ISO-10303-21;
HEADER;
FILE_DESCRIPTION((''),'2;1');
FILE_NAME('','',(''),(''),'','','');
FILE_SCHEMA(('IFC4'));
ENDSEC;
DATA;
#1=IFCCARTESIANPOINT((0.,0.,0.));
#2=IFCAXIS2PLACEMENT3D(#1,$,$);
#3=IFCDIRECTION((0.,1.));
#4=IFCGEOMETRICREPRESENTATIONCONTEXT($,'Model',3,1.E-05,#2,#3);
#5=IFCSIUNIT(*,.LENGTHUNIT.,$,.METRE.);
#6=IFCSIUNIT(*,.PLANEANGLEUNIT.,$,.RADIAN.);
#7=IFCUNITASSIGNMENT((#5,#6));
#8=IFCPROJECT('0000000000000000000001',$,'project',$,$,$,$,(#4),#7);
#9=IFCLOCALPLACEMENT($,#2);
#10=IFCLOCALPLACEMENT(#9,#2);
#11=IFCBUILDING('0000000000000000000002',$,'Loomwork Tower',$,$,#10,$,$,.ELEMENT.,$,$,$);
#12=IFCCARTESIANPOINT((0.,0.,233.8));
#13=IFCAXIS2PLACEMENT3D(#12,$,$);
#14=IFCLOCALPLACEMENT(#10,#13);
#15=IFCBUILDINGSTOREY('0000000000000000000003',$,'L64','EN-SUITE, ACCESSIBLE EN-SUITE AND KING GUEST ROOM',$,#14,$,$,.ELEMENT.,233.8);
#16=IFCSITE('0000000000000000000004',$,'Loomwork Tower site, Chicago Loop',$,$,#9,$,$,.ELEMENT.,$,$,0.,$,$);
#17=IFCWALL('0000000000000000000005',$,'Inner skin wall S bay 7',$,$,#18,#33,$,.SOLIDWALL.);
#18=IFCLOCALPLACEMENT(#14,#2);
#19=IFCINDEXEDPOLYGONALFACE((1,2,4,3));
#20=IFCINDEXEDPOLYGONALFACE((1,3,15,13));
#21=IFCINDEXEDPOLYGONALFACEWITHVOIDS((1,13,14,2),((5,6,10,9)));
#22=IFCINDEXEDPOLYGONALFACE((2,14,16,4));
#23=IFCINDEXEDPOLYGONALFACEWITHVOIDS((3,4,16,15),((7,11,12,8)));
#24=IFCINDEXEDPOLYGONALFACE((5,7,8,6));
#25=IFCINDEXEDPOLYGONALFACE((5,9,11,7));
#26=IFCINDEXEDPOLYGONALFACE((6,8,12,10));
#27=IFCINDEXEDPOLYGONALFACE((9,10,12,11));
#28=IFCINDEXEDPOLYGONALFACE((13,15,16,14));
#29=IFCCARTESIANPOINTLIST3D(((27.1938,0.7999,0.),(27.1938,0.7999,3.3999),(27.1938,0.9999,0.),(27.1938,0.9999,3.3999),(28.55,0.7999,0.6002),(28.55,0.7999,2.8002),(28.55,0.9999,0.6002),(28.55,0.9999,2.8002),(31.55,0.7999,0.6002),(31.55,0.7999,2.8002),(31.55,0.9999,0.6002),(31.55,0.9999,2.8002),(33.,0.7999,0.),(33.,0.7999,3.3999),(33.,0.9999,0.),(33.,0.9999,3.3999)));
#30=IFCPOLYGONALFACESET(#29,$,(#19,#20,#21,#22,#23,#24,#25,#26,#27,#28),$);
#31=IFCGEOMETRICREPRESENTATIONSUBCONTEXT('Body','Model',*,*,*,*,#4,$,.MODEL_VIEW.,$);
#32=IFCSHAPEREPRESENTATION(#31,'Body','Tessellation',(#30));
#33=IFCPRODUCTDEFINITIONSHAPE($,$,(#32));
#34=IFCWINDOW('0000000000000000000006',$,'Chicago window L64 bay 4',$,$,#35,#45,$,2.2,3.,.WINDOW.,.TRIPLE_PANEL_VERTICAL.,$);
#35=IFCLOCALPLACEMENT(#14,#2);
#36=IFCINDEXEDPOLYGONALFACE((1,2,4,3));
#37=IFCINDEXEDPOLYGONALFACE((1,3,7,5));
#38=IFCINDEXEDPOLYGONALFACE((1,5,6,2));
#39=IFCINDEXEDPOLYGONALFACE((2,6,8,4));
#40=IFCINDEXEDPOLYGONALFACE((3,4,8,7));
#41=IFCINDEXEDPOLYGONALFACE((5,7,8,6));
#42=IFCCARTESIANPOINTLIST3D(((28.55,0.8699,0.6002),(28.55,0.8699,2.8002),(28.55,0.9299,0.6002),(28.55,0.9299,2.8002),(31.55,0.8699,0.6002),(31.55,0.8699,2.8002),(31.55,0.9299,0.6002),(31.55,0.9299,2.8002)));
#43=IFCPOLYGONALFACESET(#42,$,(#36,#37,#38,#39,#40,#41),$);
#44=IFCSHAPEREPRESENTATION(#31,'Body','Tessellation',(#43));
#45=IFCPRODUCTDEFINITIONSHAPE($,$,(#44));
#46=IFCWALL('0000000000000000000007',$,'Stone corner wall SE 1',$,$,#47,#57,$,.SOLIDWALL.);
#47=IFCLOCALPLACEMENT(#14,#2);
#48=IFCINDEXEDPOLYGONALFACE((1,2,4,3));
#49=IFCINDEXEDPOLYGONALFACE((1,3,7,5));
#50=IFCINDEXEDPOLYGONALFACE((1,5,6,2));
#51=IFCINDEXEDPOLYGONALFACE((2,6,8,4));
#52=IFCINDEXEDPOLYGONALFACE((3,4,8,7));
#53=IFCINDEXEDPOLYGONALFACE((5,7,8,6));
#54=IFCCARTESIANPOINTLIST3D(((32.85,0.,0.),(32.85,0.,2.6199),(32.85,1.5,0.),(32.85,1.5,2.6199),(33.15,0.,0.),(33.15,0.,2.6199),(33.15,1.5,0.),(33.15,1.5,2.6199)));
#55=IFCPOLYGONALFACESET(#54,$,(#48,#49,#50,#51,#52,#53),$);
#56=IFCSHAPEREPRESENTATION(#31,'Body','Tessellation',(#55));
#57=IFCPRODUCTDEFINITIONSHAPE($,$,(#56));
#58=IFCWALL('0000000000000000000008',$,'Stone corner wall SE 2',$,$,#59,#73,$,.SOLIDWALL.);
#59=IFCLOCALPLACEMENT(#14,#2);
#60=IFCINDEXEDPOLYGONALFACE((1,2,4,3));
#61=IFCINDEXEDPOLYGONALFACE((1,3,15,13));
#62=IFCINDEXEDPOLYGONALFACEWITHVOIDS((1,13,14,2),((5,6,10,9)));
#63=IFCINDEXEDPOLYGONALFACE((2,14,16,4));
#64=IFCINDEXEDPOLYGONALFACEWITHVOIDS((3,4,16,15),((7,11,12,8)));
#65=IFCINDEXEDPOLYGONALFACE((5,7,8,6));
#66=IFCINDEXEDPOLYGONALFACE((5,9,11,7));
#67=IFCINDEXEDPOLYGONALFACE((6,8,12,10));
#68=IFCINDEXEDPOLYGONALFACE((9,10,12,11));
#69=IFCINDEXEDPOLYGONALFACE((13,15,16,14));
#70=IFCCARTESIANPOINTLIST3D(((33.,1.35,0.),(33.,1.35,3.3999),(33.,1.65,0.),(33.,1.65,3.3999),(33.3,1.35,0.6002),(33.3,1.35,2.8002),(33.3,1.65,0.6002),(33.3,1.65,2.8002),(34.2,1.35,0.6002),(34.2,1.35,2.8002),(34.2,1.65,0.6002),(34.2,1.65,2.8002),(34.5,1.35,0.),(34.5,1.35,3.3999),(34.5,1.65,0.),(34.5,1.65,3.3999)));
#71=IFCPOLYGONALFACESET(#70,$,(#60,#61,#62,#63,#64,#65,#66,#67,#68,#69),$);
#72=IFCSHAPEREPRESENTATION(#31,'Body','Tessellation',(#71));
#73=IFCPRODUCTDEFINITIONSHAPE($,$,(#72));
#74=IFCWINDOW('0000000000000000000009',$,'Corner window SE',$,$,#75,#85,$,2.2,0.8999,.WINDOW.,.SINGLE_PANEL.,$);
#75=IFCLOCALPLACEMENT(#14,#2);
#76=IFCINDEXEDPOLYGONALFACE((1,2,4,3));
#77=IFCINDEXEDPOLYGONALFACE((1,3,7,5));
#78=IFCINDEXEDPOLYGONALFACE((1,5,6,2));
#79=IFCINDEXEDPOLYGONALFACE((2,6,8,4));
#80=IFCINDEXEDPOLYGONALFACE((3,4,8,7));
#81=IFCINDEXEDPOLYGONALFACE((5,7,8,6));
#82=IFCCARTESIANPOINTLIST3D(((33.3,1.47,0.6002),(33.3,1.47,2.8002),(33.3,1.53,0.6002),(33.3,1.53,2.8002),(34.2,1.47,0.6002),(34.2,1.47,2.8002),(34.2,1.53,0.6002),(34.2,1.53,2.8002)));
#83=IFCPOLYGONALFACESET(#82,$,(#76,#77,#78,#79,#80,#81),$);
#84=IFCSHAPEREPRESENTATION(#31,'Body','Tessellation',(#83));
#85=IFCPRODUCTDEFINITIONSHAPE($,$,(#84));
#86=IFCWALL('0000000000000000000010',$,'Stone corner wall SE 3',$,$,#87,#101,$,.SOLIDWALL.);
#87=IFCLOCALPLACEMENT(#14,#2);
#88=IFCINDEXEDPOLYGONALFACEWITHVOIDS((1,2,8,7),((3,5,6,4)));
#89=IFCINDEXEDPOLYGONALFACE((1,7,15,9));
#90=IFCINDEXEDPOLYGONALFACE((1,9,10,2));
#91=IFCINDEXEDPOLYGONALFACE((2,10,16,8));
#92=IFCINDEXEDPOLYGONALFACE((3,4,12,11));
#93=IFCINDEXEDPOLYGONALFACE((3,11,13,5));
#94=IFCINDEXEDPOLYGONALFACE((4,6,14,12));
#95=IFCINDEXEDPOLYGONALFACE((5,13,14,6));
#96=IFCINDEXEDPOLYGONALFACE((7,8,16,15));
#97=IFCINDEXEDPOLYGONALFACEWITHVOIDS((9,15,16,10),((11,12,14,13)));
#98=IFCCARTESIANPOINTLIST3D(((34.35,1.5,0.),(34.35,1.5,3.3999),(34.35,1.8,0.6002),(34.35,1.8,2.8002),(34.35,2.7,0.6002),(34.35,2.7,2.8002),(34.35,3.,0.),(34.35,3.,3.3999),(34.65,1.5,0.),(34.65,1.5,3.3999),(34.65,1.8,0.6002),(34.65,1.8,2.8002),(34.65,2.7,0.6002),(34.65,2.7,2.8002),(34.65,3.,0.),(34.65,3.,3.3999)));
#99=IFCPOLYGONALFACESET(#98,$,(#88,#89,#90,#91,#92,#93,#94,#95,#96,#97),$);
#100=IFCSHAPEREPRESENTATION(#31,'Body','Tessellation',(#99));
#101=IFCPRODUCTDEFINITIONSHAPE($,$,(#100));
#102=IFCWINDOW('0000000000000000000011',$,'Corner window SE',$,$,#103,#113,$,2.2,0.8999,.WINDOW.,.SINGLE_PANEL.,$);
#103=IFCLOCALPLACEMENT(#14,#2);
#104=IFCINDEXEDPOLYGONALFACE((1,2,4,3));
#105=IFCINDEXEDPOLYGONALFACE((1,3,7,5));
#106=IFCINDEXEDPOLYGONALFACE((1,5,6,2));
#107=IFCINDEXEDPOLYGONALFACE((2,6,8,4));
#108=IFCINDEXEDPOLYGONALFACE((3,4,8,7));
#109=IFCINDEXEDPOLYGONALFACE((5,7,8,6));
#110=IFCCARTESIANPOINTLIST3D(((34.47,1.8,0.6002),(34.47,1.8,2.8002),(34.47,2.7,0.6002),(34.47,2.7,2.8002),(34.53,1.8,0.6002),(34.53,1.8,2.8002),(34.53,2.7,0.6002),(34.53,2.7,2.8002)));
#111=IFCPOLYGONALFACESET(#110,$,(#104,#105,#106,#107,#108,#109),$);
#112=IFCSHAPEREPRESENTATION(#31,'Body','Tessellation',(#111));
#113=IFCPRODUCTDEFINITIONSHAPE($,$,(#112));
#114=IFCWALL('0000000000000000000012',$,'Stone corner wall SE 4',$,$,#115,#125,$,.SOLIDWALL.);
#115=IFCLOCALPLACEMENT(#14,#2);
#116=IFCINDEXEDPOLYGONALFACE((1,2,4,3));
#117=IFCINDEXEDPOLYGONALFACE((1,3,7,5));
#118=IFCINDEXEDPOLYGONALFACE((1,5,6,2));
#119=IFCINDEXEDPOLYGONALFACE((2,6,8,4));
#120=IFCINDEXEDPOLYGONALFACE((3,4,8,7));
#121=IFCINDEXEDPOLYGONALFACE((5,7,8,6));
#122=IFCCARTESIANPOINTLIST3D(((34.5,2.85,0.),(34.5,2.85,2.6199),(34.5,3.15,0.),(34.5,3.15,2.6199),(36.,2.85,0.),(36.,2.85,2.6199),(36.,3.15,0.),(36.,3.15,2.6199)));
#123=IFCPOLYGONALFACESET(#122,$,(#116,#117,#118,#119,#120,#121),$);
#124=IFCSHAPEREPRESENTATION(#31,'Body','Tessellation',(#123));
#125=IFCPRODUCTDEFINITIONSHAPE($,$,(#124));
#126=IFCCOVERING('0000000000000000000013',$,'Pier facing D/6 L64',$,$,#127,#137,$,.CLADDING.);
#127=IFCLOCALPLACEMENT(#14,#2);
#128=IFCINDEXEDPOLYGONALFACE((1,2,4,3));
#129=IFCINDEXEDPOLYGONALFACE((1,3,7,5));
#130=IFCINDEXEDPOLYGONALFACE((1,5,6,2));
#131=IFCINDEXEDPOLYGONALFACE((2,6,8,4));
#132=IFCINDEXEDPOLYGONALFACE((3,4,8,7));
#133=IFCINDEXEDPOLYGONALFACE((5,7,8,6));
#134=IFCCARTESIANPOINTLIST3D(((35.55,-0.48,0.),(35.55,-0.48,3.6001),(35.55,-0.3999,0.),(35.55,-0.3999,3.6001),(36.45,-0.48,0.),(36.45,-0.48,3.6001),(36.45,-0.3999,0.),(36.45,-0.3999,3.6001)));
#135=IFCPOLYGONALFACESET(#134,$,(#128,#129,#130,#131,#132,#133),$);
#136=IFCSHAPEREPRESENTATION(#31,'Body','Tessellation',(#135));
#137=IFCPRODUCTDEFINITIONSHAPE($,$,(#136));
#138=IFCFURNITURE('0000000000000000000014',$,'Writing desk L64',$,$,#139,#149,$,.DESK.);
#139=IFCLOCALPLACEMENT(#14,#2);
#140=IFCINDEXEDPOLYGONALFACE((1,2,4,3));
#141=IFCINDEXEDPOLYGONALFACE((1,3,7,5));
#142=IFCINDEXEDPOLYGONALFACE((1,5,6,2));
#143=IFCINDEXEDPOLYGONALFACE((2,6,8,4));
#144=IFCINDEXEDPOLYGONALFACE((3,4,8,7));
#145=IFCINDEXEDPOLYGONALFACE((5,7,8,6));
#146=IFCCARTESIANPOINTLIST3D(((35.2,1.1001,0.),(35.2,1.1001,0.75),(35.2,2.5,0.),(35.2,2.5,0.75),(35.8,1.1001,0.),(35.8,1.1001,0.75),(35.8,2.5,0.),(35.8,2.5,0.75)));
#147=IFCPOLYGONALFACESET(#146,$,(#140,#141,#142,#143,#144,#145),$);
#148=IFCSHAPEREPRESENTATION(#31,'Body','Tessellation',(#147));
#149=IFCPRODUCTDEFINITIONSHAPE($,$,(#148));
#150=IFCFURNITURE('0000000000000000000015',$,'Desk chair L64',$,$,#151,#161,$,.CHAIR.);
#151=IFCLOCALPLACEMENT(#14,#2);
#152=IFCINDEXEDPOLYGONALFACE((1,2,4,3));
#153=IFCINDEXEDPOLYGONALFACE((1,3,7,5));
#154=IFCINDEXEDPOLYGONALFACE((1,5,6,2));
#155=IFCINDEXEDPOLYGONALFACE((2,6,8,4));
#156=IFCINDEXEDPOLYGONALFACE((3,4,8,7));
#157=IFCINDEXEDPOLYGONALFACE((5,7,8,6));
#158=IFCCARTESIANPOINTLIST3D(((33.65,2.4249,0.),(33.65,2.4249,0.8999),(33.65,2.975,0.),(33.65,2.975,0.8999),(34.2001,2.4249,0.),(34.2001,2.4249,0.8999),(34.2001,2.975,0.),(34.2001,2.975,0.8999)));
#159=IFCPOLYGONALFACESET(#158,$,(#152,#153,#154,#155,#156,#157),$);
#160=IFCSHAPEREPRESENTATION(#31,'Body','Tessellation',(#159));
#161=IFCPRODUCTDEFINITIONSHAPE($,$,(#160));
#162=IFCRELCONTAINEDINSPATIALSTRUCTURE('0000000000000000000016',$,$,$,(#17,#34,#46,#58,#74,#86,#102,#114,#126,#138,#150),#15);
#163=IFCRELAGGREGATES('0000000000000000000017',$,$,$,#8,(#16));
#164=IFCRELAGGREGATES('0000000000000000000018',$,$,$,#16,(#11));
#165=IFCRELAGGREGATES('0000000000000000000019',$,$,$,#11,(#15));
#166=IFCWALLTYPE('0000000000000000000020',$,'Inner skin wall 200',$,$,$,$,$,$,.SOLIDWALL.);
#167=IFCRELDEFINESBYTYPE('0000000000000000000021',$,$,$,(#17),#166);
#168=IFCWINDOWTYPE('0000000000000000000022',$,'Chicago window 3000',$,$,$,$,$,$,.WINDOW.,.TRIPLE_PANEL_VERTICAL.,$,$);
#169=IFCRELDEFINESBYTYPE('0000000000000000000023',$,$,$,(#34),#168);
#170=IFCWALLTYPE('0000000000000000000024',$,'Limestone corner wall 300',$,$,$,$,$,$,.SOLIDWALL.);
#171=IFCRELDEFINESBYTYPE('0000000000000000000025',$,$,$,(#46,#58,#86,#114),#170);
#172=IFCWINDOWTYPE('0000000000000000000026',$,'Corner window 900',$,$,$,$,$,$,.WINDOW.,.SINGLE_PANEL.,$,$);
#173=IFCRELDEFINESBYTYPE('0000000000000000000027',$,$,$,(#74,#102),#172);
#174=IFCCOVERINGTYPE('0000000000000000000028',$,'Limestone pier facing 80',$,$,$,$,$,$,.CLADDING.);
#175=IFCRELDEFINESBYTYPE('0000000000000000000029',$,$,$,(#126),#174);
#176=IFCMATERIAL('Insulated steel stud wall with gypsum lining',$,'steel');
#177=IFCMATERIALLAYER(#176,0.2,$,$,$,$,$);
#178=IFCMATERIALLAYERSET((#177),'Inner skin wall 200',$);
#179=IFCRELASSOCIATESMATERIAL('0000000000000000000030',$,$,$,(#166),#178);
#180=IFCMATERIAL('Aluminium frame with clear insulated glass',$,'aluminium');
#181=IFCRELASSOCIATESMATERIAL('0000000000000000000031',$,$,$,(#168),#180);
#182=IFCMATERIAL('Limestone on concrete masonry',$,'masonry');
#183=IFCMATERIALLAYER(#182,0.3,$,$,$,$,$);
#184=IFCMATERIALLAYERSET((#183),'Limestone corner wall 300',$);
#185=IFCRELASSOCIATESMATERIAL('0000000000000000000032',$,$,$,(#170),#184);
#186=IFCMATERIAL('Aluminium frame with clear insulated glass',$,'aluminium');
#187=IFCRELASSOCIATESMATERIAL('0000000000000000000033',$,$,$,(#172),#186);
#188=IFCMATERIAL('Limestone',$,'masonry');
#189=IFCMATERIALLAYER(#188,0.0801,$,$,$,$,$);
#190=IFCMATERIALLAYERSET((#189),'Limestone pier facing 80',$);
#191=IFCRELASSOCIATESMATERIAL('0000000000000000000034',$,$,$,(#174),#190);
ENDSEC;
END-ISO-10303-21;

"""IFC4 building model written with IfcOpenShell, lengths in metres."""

from ifc_helpers import new_model, si_unit, direction, frame, frame_2d, origin, origin_2d, place, context, subcontext, project, spatial, rectangle, extrude, material, layer, layer_set, type_object, element, fill, save


model = new_model("IFC4")

# Units and contexts
model_context = context("Model", 3, precision=1e-05, world=origin(), true_north=direction((0.0, 1.0)))
body_context = subcontext(model_context, "Body", "Model", "MODEL_VIEW")
ifc_project = project(units=[si_unit("LENGTHUNIT", "METRE"), si_unit("PLANEANGLEUNIT", "RADIAN")], contexts=[model_context])

# Site, building, storey
site_placement = place(None, origin())
site = spatial("IfcSite", under=ifc_project, at=site_placement, Name="Loomwork Tower site, Chicago Loop", CompositionType="ELEMENT", RefElevation=0.0)
building_placement = place(site_placement, origin())
building = spatial("IfcBuilding", under=site, at=building_placement, Name="Loomwork Tower", CompositionType="ELEMENT")
storey_placement = place(building_placement, frame((0.0, 0.0, 233.8)))
storey = spatial("IfcBuildingStorey", under=building, at=storey_placement, Name="L64", Description="EN-SUITE, ACCESSIBLE EN-SUITE AND KING GUEST ROOM", CompositionType="ELEMENT", Elevation=233.8)

# Wall, opening, window
ifc_material_1 = material(Name="Insulated steel stud wall with gypsum lining", Category="steel")
ifc_layer_1 = layer(ifc_material_1, 0.2)
ifc_layer_set_1 = layer_set([ifc_layer_1], Name="Inner skin wall 200")
wall_type_1 = type_object("IfcWallType", Name="Inner skin wall 200", PredefinedType="SOLIDWALL", material=ifc_layer_set_1)
wall_1_placement = place(storey_placement, frame((27.1938, 0.8999, 0.0), z_axis=(0.0, 0.0, 1.0), x_axis=(1.0, 0.0, 0.0)))
wall_1 = element("IfcWall", 1, at=wall_1_placement, inside=storey, type_object=wall_type_1, Name="Inner skin wall S bay 7", PredefinedType="SOLIDWALL", context=body_context, shape_type="SweptSolid", body=[
    extrude(rectangle(XDim=5.8062, YDim=0.2, at=frame_2d((2.9031, 0.0))), origin(), (0.0, 0.0, 1.0), 3.3999),
])
opening_1_placement = place(wall_1_placement, frame((1.3562, 0.0, 0.6001)))
opening_1 = element("IfcOpeningElement", 2, at=opening_1_placement, cuts=wall_1, PredefinedType="OPENING", context=body_context, shape_type="SweptSolid", body=[
    extrude(rectangle(XDim=3.0, YDim=2.2, at=frame_2d((1.5, 1.1001))), frame((0.0, 0.1099, 0.0), z_axis=(0.0, -1.0, 0.0), x_axis=(1.0, 0.0, 0.0)), (0.0, 0.0, 1.0), 0.22),
])
ifc_material_2 = material(Name="Aluminium frame with clear insulated glass", Category="aluminium")
window_type_1 = type_object("IfcWindowType", Name="Chicago window 3000", PartitioningType="TRIPLE_PANEL_VERTICAL", PredefinedType="WINDOW", material=ifc_material_2)
window_1_placement = place(opening_1_placement, origin())
window_1 = element("IfcWindow", 3, at=window_1_placement, inside=storey, type_object=window_type_1, Name="Chicago window L64 bay 4", OverallHeight=2.2, OverallWidth=3.0, PartitioningType="TRIPLE_PANEL_VERTICAL", PredefinedType="WINDOW", context=body_context, shape_type="SweptSolid", body=[
    extrude(rectangle(XDim=3.0, YDim=2.2, at=frame_2d((1.5, 1.1001))), frame((0.0, 0.03, 0.0), z_axis=(0.0, -1.0, 0.0), x_axis=(1.0, 0.0, 0.0)), (0.0, 0.0, 1.0), 0.0601),
])
fill(opening_1, window_1)

# Wall
ifc_material_3 = material(Name="Limestone on concrete masonry", Category="masonry")
ifc_layer_2 = layer(ifc_material_3, 0.3)
ifc_layer_set_2 = layer_set([ifc_layer_2], Name="Limestone corner wall 300")
wall_type_2 = type_object("IfcWallType", Name="Limestone corner wall 300", PredefinedType="SOLIDWALL", material=ifc_layer_set_2)
wall_2_placement = place(storey_placement, frame((33.0, 0.0, 0.0), z_axis=(0.0, 0.0, 1.0), x_axis=(0.0, 1.0, 0.0)))
element("IfcWall", 4, at=wall_2_placement, inside=storey, type_object=wall_type_2, Name="Stone corner wall SE 1", PredefinedType="SOLIDWALL", context=body_context, shape_type="SweptSolid", body=[
    extrude(rectangle(XDim=1.5, YDim=0.3, at=frame_2d((0.75, 0.0))), origin(), (0.0, 0.0, 1.0), 2.6199),
])

# Walls, openings, windows
wall_3_placement = place(storey_placement, frame((33.0, 1.5, 0.0), z_axis=(0.0, 0.0, 1.0), x_axis=(1.0, 0.0, 0.0)))
wall_3 = element("IfcWall", 5, at=wall_3_placement, inside=storey, type_object=wall_type_2, Name="Stone corner wall SE 2", PredefinedType="SOLIDWALL", context=body_context, shape_type="SweptSolid", body=[
    extrude(rectangle(XDim=1.5, YDim=0.3, at=frame_2d((0.75, 0.0))), origin(), (0.0, 0.0, 1.0), 3.3999),
])
opening_2_placement = place(wall_3_placement, frame((0.3, 0.0, 0.6001)))
opening_2 = element("IfcOpeningElement", 6, at=opening_2_placement, cuts=wall_3, PredefinedType="OPENING", context=body_context, shape_type="SweptSolid", body=[
    extrude(rectangle(XDim=0.8999, YDim=2.2, at=frame_2d((0.45, 1.1001))), frame((0.0, 0.1599, 0.0), z_axis=(0.0, -1.0, 0.0), x_axis=(1.0, 0.0, 0.0)), (0.0, 0.0, 1.0), 0.3201),
])
ifc_material_4 = material(Name="Aluminium frame with clear insulated glass", Category="aluminium")
window_type_2 = type_object("IfcWindowType", Name="Corner window 900", PartitioningType="SINGLE_PANEL", PredefinedType="WINDOW", material=ifc_material_4)
window_2_placement = place(opening_2_placement, origin())
window_2 = element("IfcWindow", 7, at=window_2_placement, inside=storey, type_object=window_type_2, Name="Corner window SE", OverallHeight=2.2, OverallWidth=0.8999, PartitioningType="SINGLE_PANEL", PredefinedType="WINDOW", context=body_context, shape_type="SweptSolid", body=[
    extrude(rectangle(XDim=0.8999, YDim=2.2, at=frame_2d((0.45, 1.1001))), frame((0.0, 0.03, 0.0), z_axis=(0.0, -1.0, 0.0), x_axis=(1.0, 0.0, 0.0)), (0.0, 0.0, 1.0), 0.0601),
])
fill(opening_2, window_2)
wall_4_placement = place(storey_placement, frame((34.5, 1.5, 0.0), z_axis=(0.0, 0.0, 1.0), x_axis=(0.0, 1.0, 0.0)))
wall_4 = element("IfcWall", 8, at=wall_4_placement, inside=storey, type_object=wall_type_2, Name="Stone corner wall SE 3", PredefinedType="SOLIDWALL", context=body_context, shape_type="SweptSolid", body=[
    extrude(rectangle(XDim=1.5, YDim=0.3, at=frame_2d((0.75, 0.0))), origin(), (0.0, 0.0, 1.0), 3.3999),
])
opening_3_placement = place(wall_4_placement, frame((0.3, 0.0, 0.6001)))
opening_3 = element("IfcOpeningElement", 9, at=opening_3_placement, cuts=wall_4, PredefinedType="OPENING", context=body_context, shape_type="SweptSolid", body=[
    extrude(rectangle(XDim=0.8999, YDim=2.2, at=frame_2d((0.45, 1.1001))), frame((0.0, 0.1599, 0.0), z_axis=(0.0, -1.0, 0.0), x_axis=(1.0, 0.0, 0.0)), (0.0, 0.0, 1.0), 0.3201),
])
window_3_placement = place(opening_3_placement, origin())
window_3 = element("IfcWindow", 10, at=window_3_placement, inside=storey, type_object=window_type_2, Name="Corner window SE", OverallHeight=2.2, OverallWidth=0.8999, PartitioningType="SINGLE_PANEL", PredefinedType="WINDOW", context=body_context, shape_type="SweptSolid", body=[
    extrude(rectangle(XDim=0.8999, YDim=2.2, at=frame_2d((0.45, 1.1001))), frame((0.0, 0.03, 0.0), z_axis=(0.0, -1.0, 0.0), x_axis=(1.0, 0.0, 0.0)), (0.0, 0.0, 1.0), 0.0601),
])
fill(opening_3, window_3)

# Wall
wall_5_placement = place(storey_placement, frame((34.5, 3.0, 0.0), z_axis=(0.0, 0.0, 1.0), x_axis=(1.0, 0.0, 0.0)))
element("IfcWall", 11, at=wall_5_placement, inside=storey, type_object=wall_type_2, Name="Stone corner wall SE 4", PredefinedType="SOLIDWALL", context=body_context, shape_type="SweptSolid", body=[
    extrude(rectangle(XDim=1.5, YDim=0.3, at=frame_2d((0.75, 0.0))), origin(), (0.0, 0.0, 1.0), 2.6199),
])

# Covering
ifc_material_5 = material(Name="Limestone", Category="masonry")
ifc_layer_3 = layer(ifc_material_5, 0.0801)
ifc_layer_set_3 = layer_set([ifc_layer_3], Name="Limestone pier facing 80")
covering_type = type_object("IfcCoveringType", Name="Limestone pier facing 80", PredefinedType="CLADDING", material=ifc_layer_set_3)
covering_placement = place(storey_placement, frame((36.0, -0.4399, 0.0), z_axis=(0.0, 0.0, 1.0), x_axis=(1.0, 0.0, 0.0)))
element("IfcCovering", 12, at=covering_placement, inside=storey, type_object=covering_type, Name="Pier facing D/6 L64", PredefinedType="CLADDING", context=body_context, shape_type="SweptSolid", body=[
    extrude(rectangle(XDim=0.8999, YDim=0.0801, at=origin_2d()), origin(), (0.0, 0.0, 1.0), 3.6001),
])

# Furniture
furniture_1_placement = place(storey_placement, frame((35.5, 1.8, 0.0), z_axis=(0.0, 0.0, 1.0), x_axis=(1.0, 0.0, 0.0)))
element("IfcFurniture", 13, at=furniture_1_placement, inside=storey, Name="Writing desk L64", PredefinedType="DESK", context=body_context, shape_type="SweptSolid", body=[
    extrude(rectangle(XDim=0.6001, YDim=1.3999, at=origin_2d()), origin(), (0.0, 0.0, 1.0), 0.75),
])
furniture_2_placement = place(storey_placement, frame((33.925, 2.7, 0.0), z_axis=(0.0, 0.0, 1.0), x_axis=(1.0, 0.0, 0.0)))
element("IfcFurniture", 14, at=furniture_2_placement, inside=storey, Name="Desk chair L64", PredefinedType="CHAIR", context=body_context, shape_type="SweptSolid", body=[
    extrude(rectangle(XDim=0.55, YDim=0.55, at=origin_2d()), origin(), (0.0, 0.0, 1.0), 0.8999),
])

save(model, "model.ifc")
